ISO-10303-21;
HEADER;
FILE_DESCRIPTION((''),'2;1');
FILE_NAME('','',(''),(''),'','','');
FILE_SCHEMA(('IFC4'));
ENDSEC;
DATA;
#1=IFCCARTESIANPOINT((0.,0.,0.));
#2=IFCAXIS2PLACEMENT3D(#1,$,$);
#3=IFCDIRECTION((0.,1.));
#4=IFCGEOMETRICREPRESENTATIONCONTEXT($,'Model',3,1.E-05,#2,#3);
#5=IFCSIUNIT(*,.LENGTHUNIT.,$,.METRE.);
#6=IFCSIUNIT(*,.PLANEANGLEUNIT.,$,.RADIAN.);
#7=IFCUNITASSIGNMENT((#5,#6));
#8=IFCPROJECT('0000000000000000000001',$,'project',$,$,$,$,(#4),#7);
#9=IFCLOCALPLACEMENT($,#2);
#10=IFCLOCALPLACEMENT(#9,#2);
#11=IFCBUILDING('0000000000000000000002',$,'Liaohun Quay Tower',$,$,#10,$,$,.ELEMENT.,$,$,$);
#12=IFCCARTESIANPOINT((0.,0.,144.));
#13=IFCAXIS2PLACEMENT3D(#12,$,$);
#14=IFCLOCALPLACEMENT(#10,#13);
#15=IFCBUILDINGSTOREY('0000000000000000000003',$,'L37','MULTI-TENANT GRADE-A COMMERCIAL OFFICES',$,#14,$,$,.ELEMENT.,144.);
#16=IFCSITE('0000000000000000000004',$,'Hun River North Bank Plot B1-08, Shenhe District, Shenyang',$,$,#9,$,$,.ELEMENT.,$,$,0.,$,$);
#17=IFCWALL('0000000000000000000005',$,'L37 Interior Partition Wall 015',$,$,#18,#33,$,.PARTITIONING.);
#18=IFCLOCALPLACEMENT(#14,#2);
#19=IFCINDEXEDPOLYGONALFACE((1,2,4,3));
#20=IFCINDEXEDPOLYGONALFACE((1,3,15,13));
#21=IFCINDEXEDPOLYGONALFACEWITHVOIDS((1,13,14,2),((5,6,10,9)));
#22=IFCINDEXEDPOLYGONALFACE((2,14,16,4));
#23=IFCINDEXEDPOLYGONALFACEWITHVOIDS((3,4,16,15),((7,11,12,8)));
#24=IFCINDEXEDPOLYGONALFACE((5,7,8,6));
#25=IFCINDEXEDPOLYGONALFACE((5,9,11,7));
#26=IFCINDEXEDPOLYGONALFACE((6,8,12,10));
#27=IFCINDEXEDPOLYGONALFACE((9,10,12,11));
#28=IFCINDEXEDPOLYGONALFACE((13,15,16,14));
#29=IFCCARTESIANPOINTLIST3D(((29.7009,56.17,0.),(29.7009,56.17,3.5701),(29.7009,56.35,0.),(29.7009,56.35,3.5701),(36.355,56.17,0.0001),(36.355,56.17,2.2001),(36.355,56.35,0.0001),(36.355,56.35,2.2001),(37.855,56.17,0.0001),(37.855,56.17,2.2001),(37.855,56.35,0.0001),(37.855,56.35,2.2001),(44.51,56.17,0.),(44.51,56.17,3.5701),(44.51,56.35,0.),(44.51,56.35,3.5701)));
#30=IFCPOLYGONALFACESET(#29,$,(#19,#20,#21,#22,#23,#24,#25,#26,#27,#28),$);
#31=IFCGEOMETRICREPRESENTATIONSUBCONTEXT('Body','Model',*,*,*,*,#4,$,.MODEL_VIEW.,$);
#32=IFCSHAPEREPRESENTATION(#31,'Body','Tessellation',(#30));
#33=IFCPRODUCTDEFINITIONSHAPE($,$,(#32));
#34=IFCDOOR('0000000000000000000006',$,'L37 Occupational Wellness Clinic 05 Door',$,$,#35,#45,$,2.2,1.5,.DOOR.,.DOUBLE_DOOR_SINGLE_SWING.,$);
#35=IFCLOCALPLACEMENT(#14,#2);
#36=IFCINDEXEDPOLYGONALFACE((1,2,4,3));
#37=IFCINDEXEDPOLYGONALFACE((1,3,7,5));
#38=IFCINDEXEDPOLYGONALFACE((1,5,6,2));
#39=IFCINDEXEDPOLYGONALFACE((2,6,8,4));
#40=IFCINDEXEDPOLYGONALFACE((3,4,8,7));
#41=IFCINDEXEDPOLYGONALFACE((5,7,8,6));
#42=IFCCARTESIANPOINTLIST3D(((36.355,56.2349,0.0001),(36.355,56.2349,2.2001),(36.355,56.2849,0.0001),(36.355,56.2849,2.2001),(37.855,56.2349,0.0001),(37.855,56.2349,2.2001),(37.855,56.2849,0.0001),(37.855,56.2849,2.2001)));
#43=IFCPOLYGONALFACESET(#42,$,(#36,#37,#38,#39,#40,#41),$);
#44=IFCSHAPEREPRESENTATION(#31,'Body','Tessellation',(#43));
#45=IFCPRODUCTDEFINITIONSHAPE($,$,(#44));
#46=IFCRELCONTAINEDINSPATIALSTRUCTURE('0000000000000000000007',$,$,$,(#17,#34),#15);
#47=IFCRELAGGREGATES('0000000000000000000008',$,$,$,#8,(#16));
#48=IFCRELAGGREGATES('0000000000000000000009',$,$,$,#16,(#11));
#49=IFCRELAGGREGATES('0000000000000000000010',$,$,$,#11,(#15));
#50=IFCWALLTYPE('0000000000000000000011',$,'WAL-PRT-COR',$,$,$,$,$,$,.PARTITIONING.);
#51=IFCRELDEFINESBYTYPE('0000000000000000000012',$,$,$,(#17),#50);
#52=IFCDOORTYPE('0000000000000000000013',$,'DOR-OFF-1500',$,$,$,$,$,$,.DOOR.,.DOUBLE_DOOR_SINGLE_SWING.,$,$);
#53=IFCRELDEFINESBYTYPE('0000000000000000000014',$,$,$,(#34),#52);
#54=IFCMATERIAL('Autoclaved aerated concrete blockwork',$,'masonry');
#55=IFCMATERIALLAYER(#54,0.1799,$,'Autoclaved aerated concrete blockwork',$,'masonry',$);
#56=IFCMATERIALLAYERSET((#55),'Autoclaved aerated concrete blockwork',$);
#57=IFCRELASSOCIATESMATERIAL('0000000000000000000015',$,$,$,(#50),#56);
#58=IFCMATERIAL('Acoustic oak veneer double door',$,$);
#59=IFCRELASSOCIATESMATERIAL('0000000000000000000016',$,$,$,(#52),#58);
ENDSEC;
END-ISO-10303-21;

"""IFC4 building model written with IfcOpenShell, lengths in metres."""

from ifc_helpers import new_model, si_unit, direction, frame, frame_2d, origin, place, context, subcontext, project, spatial, rectangle, extrude, source, transform, mapped, material, layer, layer_set, type_object, element, fill, save


model = new_model("IFC4")

# Units and contexts
model_context = context("Model", 3, precision=1e-05, world=origin(), true_north=direction((0.0, 1.0)))
body_context = subcontext(model_context, "Body", "Model", "MODEL_VIEW")
ifc_project = project(units=[si_unit("LENGTHUNIT", "METRE"), si_unit("PLANEANGLEUNIT", "RADIAN")], contexts=[model_context])

# Site, building, storey
site_placement = place(None, origin())
site = spatial("IfcSite", under=ifc_project, at=site_placement, Name="Hun River North Bank Plot B1-08, Shenhe District, Shenyang", CompositionType="ELEMENT", RefElevation=0.0)
building_placement = place(site_placement, origin())
building = spatial("IfcBuilding", under=site, at=building_placement, Name="Liaohun Quay Tower", CompositionType="ELEMENT")
storey_placement = place(building_placement, frame((0.0, 0.0, 144.0)))
storey = spatial("IfcBuildingStorey", under=building, at=storey_placement, Name="L37", Description="MULTI-TENANT GRADE-A COMMERCIAL OFFICES", CompositionType="ELEMENT", Elevation=144.0)

# Wall, opening, door
ifc_material_1 = material(Name="Autoclaved aerated concrete blockwork", Category="masonry")
ifc_layer_1 = layer(ifc_material_1, 0.1799, Name="Autoclaved aerated concrete blockwork", Category="masonry")
ifc_layer_set_1 = layer_set([ifc_layer_1], Name="Autoclaved aerated concrete blockwork")
wall_type_1 = type_object("IfcWallType", Name="WAL-PRT-COR", PredefinedType="PARTITIONING", material=ifc_layer_set_1)
shared_shape_1 = source(origin(), body_context, "Body", "SweptSolid", [
    extrude(rectangle(XDim=1.5, YDim=2.2, at=frame_2d((0.75, 1.1001))), frame((0.0, 0.0999, 0.0), z_axis=(0.0, -1.0, 0.0), x_axis=(1.0, 0.0, 0.0)), (0.0, 0.0, 1.0), 0.2),
])
ifc_material_2 = material(Name="Acoustic oak veneer double door")
door_type = type_object("IfcDoorType", Name="DOR-OFF-1500", OperationType="DOUBLE_DOOR_SINGLE_SWING", PredefinedType="DOOR", material=ifc_material_2)
shared_shape_2 = source(origin(), body_context, "Body", "SweptSolid", [
    extrude(rectangle(XDim=1.5, YDim=2.2, at=frame_2d((0.75, 1.1001))), frame((0.0, 0.0249, 0.0), z_axis=(0.0, -1.0, 0.0), x_axis=(1.0, 0.0, 0.0)), (0.0, 0.0, 1.0), 0.05),
])
wall_1_placement = place(storey_placement, frame((29.7009, 56.26, 0.0), z_axis=(0.0, 0.0, 1.0), x_axis=(1.0, 0.0, 0.0)))
wall_1 = element("IfcWall", 1, at=wall_1_placement, inside=storey, type_object=wall_type_1, Name="L37 Interior Partition Wall 015", PredefinedType="PARTITIONING", context=body_context, shape_type="SweptSolid", body=[
    extrude(rectangle(XDim=14.8091, YDim=0.1799, at=frame_2d((7.4045, 0.0))), origin(), (0.0, 0.0, 1.0), 3.5701),
])
opening_1_placement = place(wall_1_placement, frame((6.6541, 0.0, 0.0)))
opening_1 = element("IfcOpeningElement", 2, at=opening_1_placement, cuts=wall_1, PredefinedType="OPENING", context=body_context, shape_type="MappedRepresentation", body=[
    mapped(shared_shape_1, transform((0.0, 0.0, 0.0), x_axis=(1.0, 0.0, 0.0), y_axis=(0.0, 1.0, 0.0), z_axis=(0.0, 0.0, 1.0), scale=1.0)),
])
door_1_placement = place(opening_1_placement, origin())
door_1 = element("IfcDoor", 3, at=door_1_placement, inside=storey, type_object=door_type, Name="L37 Occupational Wellness Clinic 05 Door", OperationType="DOUBLE_DOOR_SINGLE_SWING", OverallHeight=2.2, OverallWidth=1.5, PredefinedType="DOOR", context=body_context, shape_type="MappedRepresentation", body=[
    mapped(shared_shape_2, transform((0.0, 0.0, 0.0), x_axis=(1.0, 0.0, 0.0), y_axis=(0.0, 1.0, 0.0), z_axis=(0.0, 0.0, 1.0), scale=1.0)),
])
fill(opening_1, door_1)

save(model, "model.ifc")
